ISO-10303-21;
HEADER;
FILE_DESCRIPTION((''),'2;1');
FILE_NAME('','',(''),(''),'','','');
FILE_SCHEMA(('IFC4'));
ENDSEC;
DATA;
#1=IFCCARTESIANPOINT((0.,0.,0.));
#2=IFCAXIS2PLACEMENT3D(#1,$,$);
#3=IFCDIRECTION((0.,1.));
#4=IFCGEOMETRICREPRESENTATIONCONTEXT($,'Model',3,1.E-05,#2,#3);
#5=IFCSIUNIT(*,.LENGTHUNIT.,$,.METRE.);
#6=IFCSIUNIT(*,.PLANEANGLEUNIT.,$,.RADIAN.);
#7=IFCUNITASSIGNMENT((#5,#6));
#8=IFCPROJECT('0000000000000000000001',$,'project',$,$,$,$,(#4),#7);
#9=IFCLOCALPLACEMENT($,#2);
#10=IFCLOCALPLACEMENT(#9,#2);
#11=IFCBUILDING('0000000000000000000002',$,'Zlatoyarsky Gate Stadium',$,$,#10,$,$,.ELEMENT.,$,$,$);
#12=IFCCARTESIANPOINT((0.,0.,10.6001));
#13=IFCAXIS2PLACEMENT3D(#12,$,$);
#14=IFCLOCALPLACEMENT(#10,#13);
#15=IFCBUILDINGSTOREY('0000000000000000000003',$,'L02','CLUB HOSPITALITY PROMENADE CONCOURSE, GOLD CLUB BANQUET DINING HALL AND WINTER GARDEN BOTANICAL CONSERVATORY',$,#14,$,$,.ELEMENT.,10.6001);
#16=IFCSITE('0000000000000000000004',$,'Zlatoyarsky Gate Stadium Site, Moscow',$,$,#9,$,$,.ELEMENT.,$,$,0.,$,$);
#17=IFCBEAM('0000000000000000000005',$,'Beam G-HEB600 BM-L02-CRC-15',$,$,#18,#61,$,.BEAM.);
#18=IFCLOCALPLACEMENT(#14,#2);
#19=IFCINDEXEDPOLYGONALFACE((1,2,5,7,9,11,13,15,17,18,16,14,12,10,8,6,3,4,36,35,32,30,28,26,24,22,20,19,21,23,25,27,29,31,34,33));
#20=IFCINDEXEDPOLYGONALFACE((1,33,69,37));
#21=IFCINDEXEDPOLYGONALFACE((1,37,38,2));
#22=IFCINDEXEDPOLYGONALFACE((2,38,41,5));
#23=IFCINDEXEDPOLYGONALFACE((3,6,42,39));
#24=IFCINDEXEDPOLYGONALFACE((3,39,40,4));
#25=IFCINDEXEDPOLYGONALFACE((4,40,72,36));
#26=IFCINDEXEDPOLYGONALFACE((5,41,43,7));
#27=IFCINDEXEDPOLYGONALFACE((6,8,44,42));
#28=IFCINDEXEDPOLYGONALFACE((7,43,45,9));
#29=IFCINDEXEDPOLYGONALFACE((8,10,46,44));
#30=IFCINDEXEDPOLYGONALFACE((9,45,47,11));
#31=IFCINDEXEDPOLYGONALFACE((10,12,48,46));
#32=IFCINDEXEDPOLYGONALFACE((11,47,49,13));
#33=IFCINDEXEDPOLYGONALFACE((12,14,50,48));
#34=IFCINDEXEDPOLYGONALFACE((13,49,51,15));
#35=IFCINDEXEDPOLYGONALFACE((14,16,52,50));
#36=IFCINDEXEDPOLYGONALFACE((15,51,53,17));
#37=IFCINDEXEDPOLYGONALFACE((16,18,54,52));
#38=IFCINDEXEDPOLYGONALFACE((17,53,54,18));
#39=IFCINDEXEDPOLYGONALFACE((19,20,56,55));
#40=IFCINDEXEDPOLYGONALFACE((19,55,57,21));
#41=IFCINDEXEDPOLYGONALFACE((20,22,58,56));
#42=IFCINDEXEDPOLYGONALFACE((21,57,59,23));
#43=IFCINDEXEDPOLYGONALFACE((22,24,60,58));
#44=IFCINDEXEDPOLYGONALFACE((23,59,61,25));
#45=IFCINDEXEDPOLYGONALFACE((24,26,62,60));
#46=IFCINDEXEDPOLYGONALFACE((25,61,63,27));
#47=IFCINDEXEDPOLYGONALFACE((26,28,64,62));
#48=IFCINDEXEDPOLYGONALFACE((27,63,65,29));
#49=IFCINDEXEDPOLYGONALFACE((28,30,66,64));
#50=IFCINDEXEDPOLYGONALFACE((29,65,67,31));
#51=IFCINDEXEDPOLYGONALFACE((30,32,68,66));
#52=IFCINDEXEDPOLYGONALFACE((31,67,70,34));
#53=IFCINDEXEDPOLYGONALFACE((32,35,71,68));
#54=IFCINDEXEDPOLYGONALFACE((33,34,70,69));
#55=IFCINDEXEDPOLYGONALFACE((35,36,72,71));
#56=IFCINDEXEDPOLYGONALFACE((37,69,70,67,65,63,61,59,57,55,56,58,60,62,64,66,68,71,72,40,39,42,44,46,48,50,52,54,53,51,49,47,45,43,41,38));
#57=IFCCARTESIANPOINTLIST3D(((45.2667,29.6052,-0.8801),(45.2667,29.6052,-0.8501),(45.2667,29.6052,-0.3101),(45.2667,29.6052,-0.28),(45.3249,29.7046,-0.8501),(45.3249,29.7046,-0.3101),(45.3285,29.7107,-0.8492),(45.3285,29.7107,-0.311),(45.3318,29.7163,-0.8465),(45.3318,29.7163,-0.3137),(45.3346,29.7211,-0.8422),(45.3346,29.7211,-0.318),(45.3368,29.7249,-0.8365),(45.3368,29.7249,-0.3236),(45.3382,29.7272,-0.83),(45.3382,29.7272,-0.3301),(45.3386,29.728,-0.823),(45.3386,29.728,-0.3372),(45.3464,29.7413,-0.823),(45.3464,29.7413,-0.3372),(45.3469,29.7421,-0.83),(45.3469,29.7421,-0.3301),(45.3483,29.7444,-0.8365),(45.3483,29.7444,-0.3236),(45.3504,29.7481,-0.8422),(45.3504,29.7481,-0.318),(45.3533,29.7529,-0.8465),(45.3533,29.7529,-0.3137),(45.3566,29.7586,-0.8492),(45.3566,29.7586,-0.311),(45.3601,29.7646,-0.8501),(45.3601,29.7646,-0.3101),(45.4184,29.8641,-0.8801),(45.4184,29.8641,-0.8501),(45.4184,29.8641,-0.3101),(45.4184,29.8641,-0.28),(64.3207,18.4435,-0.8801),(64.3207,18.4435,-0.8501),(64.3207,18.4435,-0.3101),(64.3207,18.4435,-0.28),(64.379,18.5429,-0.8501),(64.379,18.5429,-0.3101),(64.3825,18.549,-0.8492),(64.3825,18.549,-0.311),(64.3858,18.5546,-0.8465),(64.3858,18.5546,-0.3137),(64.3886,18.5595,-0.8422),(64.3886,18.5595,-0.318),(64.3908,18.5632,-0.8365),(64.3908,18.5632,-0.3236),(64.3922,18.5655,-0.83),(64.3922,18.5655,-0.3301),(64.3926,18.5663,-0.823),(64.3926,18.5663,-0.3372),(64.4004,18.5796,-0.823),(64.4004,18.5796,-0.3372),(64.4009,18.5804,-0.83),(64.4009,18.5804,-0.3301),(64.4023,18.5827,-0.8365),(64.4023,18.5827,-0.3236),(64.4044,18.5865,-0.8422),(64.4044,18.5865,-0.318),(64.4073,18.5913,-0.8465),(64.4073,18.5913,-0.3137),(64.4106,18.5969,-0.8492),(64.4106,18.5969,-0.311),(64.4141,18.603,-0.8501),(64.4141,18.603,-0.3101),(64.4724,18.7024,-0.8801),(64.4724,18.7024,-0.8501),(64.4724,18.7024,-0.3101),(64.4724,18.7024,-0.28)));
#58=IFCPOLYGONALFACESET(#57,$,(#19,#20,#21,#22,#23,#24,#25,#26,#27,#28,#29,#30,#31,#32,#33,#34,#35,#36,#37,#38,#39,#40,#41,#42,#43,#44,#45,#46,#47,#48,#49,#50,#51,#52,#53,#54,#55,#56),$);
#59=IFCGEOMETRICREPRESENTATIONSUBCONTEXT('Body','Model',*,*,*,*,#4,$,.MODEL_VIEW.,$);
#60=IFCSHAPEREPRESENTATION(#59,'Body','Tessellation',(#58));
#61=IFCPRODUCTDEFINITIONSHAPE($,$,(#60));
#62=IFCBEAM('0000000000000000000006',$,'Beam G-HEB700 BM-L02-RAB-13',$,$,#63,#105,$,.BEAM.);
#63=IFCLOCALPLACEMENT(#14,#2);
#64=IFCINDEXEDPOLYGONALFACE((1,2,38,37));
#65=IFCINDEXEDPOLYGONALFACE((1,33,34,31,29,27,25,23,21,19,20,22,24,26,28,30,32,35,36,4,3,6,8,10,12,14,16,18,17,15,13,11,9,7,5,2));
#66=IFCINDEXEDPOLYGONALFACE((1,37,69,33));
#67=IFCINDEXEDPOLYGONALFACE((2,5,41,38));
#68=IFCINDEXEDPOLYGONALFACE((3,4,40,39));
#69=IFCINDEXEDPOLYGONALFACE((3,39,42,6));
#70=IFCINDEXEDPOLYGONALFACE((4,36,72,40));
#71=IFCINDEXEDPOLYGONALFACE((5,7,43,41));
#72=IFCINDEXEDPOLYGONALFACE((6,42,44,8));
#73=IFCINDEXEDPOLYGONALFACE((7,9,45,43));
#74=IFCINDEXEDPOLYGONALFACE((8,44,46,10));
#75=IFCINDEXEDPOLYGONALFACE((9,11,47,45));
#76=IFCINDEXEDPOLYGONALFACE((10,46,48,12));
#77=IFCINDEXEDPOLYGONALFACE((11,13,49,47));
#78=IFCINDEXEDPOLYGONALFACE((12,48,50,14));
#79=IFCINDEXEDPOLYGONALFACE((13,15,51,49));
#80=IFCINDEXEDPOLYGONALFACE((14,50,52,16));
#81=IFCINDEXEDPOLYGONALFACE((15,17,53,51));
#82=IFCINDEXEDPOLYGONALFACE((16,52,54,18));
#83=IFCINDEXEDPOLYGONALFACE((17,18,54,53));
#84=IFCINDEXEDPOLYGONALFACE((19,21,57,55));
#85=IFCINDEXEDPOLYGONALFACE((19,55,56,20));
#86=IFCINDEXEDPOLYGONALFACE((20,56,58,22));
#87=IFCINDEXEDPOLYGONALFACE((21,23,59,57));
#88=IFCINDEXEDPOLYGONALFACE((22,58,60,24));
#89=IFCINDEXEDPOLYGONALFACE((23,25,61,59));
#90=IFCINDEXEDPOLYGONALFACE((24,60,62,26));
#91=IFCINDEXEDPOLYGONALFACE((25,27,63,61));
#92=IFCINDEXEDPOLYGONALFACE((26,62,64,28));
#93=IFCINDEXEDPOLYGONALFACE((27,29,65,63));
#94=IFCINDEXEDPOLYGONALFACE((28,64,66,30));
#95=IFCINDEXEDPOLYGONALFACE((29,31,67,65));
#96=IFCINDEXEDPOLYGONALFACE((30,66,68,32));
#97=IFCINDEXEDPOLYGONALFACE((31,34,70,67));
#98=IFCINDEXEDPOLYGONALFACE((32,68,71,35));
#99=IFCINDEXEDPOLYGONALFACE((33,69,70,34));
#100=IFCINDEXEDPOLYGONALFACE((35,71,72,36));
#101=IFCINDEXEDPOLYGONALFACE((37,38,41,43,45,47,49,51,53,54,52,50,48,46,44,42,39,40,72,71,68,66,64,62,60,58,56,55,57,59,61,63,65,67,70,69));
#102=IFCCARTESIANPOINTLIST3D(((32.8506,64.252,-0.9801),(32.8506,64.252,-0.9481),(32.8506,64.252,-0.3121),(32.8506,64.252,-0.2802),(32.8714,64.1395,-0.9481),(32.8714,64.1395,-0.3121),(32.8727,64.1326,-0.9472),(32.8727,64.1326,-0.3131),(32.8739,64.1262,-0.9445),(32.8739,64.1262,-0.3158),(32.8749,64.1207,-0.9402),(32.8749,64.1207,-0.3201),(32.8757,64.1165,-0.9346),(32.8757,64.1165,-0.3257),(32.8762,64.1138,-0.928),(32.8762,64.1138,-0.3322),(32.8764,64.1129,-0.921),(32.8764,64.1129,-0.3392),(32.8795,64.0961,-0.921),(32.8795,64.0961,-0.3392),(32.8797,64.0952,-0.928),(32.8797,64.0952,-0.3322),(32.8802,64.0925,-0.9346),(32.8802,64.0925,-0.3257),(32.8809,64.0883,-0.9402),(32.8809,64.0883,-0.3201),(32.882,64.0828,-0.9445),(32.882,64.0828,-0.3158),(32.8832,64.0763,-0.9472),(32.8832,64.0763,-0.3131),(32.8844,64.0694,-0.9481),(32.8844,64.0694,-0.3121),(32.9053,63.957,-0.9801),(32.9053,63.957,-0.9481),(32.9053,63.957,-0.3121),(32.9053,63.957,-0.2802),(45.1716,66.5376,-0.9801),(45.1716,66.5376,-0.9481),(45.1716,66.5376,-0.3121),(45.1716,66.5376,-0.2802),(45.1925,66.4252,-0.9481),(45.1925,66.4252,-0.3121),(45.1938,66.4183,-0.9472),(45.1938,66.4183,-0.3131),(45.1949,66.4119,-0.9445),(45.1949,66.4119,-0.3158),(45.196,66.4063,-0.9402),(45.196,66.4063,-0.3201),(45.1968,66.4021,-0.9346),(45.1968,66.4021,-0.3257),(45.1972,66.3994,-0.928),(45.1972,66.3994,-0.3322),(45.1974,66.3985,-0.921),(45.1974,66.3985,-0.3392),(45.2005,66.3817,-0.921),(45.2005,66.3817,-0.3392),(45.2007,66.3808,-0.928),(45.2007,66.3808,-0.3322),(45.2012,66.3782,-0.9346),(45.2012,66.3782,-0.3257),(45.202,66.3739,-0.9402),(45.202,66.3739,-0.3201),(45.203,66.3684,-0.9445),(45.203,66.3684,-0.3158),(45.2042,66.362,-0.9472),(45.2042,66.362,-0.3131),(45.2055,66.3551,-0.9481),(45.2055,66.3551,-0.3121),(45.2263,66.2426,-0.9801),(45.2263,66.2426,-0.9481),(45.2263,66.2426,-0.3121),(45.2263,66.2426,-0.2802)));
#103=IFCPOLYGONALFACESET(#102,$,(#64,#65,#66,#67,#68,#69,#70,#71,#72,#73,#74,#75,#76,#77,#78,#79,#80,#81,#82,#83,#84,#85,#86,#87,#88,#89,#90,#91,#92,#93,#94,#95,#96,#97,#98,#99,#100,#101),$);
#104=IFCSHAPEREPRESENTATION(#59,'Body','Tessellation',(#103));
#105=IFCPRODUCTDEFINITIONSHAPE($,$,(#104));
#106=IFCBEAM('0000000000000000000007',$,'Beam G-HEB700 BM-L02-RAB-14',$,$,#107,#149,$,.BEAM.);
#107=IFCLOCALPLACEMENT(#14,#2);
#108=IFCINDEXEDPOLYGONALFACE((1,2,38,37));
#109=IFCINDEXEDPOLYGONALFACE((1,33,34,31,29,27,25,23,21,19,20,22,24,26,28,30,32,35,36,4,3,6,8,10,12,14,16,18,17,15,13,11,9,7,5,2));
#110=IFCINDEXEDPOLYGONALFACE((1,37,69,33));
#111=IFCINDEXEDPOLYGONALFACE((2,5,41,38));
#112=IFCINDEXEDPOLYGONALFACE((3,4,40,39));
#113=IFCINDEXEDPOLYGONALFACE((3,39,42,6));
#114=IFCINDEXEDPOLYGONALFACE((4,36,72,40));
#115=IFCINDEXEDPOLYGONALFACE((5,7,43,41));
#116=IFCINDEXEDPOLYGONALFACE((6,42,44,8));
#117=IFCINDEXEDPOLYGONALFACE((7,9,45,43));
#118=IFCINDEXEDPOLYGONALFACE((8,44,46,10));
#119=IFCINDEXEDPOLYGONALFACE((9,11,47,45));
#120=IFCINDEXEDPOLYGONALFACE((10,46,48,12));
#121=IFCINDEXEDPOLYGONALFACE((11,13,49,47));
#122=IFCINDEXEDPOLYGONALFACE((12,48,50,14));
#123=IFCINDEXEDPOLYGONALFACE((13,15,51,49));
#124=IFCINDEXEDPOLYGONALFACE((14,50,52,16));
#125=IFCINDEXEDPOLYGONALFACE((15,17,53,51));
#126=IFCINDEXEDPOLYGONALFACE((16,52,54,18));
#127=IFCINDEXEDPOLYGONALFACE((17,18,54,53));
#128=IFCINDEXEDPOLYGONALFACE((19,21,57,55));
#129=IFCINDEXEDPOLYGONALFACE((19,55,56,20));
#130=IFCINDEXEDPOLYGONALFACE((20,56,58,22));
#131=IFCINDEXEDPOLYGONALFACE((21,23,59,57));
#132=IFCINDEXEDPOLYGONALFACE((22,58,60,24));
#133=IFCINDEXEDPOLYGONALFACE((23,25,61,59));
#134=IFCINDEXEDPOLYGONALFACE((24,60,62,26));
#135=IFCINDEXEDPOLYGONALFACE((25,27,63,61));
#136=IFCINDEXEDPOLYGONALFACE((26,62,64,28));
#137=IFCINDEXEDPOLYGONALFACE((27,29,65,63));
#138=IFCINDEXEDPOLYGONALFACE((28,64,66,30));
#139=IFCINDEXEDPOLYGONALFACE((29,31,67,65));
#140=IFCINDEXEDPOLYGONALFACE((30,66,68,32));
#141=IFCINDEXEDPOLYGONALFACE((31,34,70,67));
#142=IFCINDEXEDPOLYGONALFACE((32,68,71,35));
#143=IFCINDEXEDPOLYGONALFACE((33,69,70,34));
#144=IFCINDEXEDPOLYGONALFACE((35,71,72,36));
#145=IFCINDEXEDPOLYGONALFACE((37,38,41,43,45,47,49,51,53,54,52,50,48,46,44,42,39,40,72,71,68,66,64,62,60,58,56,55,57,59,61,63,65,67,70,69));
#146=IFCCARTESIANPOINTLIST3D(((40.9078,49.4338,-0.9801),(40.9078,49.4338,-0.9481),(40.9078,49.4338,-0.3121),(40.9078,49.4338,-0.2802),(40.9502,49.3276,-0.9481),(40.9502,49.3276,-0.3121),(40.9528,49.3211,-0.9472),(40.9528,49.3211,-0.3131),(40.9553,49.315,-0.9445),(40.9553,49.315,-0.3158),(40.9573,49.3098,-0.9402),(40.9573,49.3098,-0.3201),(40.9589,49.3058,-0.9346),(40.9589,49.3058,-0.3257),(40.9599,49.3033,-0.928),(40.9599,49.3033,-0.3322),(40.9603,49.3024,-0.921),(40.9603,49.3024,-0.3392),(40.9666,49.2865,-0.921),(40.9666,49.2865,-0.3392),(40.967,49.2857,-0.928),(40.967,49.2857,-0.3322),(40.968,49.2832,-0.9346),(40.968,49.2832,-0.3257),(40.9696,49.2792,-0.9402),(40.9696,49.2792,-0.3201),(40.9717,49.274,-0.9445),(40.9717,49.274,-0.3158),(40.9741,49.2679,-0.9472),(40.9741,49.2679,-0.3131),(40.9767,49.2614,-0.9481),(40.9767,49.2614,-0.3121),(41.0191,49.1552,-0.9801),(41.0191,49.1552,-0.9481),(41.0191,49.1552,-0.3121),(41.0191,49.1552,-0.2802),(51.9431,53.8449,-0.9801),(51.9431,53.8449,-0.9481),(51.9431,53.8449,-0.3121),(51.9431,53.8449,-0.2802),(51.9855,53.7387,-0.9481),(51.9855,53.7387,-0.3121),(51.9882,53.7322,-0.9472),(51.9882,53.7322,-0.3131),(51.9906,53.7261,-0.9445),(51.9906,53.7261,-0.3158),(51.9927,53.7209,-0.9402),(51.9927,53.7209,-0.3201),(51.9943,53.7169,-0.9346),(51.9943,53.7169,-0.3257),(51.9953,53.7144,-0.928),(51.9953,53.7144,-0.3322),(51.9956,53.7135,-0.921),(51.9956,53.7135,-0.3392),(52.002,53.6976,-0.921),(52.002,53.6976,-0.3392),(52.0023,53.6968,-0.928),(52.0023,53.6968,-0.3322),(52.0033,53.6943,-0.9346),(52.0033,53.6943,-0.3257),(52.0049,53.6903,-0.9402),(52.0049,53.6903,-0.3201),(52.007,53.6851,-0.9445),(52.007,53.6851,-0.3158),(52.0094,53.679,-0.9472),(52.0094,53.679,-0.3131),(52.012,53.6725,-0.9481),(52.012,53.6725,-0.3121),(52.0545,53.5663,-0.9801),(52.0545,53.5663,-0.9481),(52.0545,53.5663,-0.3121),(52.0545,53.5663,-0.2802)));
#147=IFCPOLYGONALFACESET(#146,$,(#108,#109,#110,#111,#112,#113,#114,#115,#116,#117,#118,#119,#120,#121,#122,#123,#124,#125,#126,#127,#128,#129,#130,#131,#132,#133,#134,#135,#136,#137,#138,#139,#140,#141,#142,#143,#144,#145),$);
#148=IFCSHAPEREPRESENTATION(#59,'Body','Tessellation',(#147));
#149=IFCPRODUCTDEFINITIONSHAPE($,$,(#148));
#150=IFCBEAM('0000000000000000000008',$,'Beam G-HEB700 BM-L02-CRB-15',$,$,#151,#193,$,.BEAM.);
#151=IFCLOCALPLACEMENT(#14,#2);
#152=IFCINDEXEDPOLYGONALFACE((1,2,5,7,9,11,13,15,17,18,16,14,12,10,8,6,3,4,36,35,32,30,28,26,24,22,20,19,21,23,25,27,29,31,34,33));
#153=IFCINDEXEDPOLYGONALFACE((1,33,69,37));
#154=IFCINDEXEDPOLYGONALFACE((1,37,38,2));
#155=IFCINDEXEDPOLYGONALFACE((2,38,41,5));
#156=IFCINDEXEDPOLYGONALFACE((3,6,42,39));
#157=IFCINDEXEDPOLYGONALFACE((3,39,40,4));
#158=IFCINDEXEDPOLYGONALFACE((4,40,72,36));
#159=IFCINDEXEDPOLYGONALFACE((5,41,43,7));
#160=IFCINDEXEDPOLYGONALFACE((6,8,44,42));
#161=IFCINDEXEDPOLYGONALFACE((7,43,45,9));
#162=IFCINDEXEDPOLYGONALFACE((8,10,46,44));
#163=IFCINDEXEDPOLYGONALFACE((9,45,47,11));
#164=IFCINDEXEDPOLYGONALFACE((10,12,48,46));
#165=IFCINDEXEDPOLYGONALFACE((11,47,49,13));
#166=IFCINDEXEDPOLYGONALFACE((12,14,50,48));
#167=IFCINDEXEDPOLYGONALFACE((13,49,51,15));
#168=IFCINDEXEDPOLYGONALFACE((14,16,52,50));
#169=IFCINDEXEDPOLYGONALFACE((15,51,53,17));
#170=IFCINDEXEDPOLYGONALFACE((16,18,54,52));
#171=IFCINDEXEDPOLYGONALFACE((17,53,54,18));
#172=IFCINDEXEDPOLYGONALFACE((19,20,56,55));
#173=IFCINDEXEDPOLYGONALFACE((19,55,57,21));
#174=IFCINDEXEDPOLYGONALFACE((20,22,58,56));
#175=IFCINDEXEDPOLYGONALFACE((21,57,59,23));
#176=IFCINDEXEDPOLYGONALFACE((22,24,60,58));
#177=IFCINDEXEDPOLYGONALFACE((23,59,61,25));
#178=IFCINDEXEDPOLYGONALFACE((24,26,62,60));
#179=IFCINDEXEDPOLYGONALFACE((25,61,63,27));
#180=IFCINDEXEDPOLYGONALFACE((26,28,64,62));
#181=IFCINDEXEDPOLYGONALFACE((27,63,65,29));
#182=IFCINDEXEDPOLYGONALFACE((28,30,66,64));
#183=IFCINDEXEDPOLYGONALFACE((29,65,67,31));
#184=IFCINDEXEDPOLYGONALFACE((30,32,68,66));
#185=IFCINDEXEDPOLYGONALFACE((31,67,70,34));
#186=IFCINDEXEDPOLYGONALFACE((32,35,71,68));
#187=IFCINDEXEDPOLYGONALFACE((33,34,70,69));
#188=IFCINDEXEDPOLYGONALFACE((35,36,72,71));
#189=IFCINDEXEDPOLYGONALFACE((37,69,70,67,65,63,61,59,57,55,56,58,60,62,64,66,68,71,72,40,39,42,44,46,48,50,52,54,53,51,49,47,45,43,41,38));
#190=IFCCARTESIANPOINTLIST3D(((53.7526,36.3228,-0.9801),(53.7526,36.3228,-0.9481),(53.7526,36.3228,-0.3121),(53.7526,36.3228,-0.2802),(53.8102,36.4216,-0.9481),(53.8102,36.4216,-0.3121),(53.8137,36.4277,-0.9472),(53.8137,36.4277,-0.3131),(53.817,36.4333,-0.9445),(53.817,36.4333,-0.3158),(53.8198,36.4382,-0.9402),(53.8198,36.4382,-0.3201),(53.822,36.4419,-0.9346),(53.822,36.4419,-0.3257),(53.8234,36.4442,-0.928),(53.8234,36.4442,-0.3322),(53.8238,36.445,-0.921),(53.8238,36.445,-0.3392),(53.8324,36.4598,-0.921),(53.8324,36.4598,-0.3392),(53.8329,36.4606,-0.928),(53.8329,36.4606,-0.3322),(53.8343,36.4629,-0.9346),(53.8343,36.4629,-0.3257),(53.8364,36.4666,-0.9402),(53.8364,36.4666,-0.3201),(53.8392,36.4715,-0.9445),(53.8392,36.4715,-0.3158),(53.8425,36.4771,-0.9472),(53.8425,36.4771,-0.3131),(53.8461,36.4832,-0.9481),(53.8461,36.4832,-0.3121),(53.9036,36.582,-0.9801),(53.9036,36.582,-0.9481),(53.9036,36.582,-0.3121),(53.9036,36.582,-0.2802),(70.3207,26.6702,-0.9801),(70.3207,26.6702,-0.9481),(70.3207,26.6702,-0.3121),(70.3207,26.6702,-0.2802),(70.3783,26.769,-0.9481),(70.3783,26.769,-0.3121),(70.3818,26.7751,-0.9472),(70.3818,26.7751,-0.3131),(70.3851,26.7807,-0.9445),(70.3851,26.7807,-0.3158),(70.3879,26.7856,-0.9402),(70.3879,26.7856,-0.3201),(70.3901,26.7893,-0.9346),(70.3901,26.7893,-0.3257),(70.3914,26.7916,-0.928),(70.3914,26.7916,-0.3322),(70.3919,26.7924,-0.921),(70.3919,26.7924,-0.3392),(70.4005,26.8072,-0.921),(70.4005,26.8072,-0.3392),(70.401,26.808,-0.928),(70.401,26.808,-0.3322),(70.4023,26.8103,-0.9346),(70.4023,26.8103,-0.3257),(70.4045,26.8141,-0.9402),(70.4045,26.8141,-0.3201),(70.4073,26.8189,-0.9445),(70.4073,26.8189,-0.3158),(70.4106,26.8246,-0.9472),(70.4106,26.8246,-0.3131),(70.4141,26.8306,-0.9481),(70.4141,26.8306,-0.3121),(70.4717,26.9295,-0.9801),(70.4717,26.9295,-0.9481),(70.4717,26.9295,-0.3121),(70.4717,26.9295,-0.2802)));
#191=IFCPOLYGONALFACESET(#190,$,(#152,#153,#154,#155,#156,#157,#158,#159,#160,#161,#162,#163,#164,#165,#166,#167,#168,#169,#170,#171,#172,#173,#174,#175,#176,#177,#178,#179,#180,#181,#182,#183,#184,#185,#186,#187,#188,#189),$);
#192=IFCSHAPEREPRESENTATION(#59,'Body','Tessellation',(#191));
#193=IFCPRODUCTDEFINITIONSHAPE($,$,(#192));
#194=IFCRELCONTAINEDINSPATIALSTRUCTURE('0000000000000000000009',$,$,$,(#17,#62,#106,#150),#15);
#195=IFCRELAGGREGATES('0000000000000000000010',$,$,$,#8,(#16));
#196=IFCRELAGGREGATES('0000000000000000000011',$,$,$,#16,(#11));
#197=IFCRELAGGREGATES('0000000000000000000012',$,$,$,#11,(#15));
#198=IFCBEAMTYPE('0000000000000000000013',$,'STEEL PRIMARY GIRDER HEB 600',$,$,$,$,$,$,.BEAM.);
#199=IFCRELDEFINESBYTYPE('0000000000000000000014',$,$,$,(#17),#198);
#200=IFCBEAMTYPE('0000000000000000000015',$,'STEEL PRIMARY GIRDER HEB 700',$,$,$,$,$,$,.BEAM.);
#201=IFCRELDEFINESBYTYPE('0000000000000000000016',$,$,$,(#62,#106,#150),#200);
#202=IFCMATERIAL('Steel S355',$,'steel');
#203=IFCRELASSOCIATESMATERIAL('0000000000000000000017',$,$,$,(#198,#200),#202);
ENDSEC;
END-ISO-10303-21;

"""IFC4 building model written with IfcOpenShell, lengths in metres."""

from ifc_helpers import new_model, si_unit, direction, frame, origin, origin_2d, place, context, subcontext, project, spatial, i_section, extrude, material, material_profile, profile_set, type_object, element, save


model = new_model("IFC4")

# Units and contexts
model_context = context("Model", 3, precision=1e-05, world=origin(), true_north=direction((0.0, 1.0)))
body_context = subcontext(model_context, "Body", "Model", "MODEL_VIEW")
ifc_project = project(units=[si_unit("LENGTHUNIT", "METRE"), si_unit("PLANEANGLEUNIT", "RADIAN")], contexts=[model_context])

# Site, building, storey
site_placement = place(None, origin())
site = spatial("IfcSite", under=ifc_project, at=site_placement, Name="Zlatoyarsky Gate Stadium Site, Moscow", CompositionType="ELEMENT", RefElevation=0.0)
building_placement = place(site_placement, origin())
building = spatial("IfcBuilding", under=site, at=building_placement, Name="Zlatoyarsky Gate Stadium", CompositionType="ELEMENT")
storey_placement = place(building_placement, frame((0.0, 0.0, 10.6001)))
storey = spatial("IfcBuildingStorey", under=building, at=storey_placement, Name="L02", Description="CLUB HOSPITALITY PROMENADE CONCOURSE, GOLD CLUB BANQUET DINING HALL AND WINTER GARDEN BOTANICAL CONSERVATORY", CompositionType="ELEMENT", Elevation=10.6001)

# Shared definitions
ifc_material_1 = material(Name="Steel S355", Category="steel")

# Beams
ifc_material_profile_1 = material_profile(ifc_material_1, i_section(OverallWidth=0.3, OverallDepth=0.6001, WebThickness=0.0154, FlangeThickness=0.03, FilletRadius=0.0271, at=origin_2d()), Name="HEB 600")
ifc_profile_set_1 = profile_set([ifc_material_profile_1], Name="Steel S355")
beam_type_1 = type_object("IfcBeamType", Name="STEEL PRIMARY GIRDER HEB 600", PredefinedType="BEAM", material=ifc_profile_set_1)
beam_1_placement = place(storey_placement, frame((45.3425, 29.7346, -0.5801), z_axis=(0.862855, -0.505452, 0.0), x_axis=(0.505452, 0.862855, 0.0)))
element("IfcBeam", 1, at=beam_1_placement, inside=storey, type_object=beam_type_1, Name="Beam G-HEB600 BM-L02-CRC-15", PredefinedType="BEAM", context=body_context, shape_type="SweptSolid", body=[
    extrude(i_section(OverallWidth=0.3, OverallDepth=0.6001, WebThickness=0.0154, FlangeThickness=0.03, FilletRadius=0.0271, at=origin_2d()), origin(), (0.0, 0.0, 1.0), 22.0825),
])
ifc_material_profile_2 = material_profile(ifc_material_1, i_section(OverallWidth=0.3, OverallDepth=0.7, WebThickness=0.0171, FlangeThickness=0.032, FilletRadius=0.0271, at=origin_2d()), Name="HEB 700")
ifc_profile_set_2 = profile_set([ifc_material_profile_2], Name="Steel S355")
beam_type_2 = type_object("IfcBeamType", Name="STEEL PRIMARY GIRDER HEB 700", PredefinedType="BEAM", material=ifc_profile_set_2)
beam_2_placement = place(storey_placement, frame((45.199, 66.3901, -0.6301), z_axis=(-0.983225, -0.182396, 0.0), x_axis=(0.182396, -0.983225, 0.0)))
element("IfcBeam", 2, at=beam_2_placement, inside=storey, type_object=beam_type_2, Name="Beam G-HEB700 BM-L02-RAB-13", PredefinedType="BEAM", context=body_context, shape_type="SweptSolid", body=[
    extrude(i_section(OverallWidth=0.3, OverallDepth=0.7, WebThickness=0.0171, FlangeThickness=0.032, FilletRadius=0.0271, at=origin_2d()), origin(), (0.0, 0.0, 1.0), 12.5312),
])
beam_3_placement = place(storey_placement, frame((51.9988, 53.7056, -0.6301), z_axis=(-0.928565, -0.371171, 0.0), x_axis=(0.371171, -0.928565, 0.0)))
element("IfcBeam", 3, at=beam_3_placement, inside=storey, type_object=beam_type_2, Name="Beam G-HEB700 BM-L02-RAB-14", PredefinedType="BEAM", context=body_context, shape_type="SweptSolid", body=[
    extrude(i_section(OverallWidth=0.3, OverallDepth=0.7, WebThickness=0.0171, FlangeThickness=0.032, FilletRadius=0.0271, at=origin_2d()), origin(), (0.0, 0.0, 1.0), 11.8843),
])
beam_4_placement = place(storey_placement, frame((53.8281, 36.4524, -0.6301), z_axis=(0.864054, -0.503398, 0.0), x_axis=(0.503398, 0.864054, 0.0)))
element("IfcBeam", 4, at=beam_4_placement, inside=storey, type_object=beam_type_2, Name="Beam G-HEB700 BM-L02-CRB-15", PredefinedType="BEAM", context=body_context, shape_type="SweptSolid", body=[
    extrude(i_section(OverallWidth=0.3, OverallDepth=0.7, WebThickness=0.0171, FlangeThickness=0.032, FilletRadius=0.0271, at=origin_2d()), origin(), (0.0, 0.0, 1.0), 19.1748),
])

save(model, "model.ifc")
